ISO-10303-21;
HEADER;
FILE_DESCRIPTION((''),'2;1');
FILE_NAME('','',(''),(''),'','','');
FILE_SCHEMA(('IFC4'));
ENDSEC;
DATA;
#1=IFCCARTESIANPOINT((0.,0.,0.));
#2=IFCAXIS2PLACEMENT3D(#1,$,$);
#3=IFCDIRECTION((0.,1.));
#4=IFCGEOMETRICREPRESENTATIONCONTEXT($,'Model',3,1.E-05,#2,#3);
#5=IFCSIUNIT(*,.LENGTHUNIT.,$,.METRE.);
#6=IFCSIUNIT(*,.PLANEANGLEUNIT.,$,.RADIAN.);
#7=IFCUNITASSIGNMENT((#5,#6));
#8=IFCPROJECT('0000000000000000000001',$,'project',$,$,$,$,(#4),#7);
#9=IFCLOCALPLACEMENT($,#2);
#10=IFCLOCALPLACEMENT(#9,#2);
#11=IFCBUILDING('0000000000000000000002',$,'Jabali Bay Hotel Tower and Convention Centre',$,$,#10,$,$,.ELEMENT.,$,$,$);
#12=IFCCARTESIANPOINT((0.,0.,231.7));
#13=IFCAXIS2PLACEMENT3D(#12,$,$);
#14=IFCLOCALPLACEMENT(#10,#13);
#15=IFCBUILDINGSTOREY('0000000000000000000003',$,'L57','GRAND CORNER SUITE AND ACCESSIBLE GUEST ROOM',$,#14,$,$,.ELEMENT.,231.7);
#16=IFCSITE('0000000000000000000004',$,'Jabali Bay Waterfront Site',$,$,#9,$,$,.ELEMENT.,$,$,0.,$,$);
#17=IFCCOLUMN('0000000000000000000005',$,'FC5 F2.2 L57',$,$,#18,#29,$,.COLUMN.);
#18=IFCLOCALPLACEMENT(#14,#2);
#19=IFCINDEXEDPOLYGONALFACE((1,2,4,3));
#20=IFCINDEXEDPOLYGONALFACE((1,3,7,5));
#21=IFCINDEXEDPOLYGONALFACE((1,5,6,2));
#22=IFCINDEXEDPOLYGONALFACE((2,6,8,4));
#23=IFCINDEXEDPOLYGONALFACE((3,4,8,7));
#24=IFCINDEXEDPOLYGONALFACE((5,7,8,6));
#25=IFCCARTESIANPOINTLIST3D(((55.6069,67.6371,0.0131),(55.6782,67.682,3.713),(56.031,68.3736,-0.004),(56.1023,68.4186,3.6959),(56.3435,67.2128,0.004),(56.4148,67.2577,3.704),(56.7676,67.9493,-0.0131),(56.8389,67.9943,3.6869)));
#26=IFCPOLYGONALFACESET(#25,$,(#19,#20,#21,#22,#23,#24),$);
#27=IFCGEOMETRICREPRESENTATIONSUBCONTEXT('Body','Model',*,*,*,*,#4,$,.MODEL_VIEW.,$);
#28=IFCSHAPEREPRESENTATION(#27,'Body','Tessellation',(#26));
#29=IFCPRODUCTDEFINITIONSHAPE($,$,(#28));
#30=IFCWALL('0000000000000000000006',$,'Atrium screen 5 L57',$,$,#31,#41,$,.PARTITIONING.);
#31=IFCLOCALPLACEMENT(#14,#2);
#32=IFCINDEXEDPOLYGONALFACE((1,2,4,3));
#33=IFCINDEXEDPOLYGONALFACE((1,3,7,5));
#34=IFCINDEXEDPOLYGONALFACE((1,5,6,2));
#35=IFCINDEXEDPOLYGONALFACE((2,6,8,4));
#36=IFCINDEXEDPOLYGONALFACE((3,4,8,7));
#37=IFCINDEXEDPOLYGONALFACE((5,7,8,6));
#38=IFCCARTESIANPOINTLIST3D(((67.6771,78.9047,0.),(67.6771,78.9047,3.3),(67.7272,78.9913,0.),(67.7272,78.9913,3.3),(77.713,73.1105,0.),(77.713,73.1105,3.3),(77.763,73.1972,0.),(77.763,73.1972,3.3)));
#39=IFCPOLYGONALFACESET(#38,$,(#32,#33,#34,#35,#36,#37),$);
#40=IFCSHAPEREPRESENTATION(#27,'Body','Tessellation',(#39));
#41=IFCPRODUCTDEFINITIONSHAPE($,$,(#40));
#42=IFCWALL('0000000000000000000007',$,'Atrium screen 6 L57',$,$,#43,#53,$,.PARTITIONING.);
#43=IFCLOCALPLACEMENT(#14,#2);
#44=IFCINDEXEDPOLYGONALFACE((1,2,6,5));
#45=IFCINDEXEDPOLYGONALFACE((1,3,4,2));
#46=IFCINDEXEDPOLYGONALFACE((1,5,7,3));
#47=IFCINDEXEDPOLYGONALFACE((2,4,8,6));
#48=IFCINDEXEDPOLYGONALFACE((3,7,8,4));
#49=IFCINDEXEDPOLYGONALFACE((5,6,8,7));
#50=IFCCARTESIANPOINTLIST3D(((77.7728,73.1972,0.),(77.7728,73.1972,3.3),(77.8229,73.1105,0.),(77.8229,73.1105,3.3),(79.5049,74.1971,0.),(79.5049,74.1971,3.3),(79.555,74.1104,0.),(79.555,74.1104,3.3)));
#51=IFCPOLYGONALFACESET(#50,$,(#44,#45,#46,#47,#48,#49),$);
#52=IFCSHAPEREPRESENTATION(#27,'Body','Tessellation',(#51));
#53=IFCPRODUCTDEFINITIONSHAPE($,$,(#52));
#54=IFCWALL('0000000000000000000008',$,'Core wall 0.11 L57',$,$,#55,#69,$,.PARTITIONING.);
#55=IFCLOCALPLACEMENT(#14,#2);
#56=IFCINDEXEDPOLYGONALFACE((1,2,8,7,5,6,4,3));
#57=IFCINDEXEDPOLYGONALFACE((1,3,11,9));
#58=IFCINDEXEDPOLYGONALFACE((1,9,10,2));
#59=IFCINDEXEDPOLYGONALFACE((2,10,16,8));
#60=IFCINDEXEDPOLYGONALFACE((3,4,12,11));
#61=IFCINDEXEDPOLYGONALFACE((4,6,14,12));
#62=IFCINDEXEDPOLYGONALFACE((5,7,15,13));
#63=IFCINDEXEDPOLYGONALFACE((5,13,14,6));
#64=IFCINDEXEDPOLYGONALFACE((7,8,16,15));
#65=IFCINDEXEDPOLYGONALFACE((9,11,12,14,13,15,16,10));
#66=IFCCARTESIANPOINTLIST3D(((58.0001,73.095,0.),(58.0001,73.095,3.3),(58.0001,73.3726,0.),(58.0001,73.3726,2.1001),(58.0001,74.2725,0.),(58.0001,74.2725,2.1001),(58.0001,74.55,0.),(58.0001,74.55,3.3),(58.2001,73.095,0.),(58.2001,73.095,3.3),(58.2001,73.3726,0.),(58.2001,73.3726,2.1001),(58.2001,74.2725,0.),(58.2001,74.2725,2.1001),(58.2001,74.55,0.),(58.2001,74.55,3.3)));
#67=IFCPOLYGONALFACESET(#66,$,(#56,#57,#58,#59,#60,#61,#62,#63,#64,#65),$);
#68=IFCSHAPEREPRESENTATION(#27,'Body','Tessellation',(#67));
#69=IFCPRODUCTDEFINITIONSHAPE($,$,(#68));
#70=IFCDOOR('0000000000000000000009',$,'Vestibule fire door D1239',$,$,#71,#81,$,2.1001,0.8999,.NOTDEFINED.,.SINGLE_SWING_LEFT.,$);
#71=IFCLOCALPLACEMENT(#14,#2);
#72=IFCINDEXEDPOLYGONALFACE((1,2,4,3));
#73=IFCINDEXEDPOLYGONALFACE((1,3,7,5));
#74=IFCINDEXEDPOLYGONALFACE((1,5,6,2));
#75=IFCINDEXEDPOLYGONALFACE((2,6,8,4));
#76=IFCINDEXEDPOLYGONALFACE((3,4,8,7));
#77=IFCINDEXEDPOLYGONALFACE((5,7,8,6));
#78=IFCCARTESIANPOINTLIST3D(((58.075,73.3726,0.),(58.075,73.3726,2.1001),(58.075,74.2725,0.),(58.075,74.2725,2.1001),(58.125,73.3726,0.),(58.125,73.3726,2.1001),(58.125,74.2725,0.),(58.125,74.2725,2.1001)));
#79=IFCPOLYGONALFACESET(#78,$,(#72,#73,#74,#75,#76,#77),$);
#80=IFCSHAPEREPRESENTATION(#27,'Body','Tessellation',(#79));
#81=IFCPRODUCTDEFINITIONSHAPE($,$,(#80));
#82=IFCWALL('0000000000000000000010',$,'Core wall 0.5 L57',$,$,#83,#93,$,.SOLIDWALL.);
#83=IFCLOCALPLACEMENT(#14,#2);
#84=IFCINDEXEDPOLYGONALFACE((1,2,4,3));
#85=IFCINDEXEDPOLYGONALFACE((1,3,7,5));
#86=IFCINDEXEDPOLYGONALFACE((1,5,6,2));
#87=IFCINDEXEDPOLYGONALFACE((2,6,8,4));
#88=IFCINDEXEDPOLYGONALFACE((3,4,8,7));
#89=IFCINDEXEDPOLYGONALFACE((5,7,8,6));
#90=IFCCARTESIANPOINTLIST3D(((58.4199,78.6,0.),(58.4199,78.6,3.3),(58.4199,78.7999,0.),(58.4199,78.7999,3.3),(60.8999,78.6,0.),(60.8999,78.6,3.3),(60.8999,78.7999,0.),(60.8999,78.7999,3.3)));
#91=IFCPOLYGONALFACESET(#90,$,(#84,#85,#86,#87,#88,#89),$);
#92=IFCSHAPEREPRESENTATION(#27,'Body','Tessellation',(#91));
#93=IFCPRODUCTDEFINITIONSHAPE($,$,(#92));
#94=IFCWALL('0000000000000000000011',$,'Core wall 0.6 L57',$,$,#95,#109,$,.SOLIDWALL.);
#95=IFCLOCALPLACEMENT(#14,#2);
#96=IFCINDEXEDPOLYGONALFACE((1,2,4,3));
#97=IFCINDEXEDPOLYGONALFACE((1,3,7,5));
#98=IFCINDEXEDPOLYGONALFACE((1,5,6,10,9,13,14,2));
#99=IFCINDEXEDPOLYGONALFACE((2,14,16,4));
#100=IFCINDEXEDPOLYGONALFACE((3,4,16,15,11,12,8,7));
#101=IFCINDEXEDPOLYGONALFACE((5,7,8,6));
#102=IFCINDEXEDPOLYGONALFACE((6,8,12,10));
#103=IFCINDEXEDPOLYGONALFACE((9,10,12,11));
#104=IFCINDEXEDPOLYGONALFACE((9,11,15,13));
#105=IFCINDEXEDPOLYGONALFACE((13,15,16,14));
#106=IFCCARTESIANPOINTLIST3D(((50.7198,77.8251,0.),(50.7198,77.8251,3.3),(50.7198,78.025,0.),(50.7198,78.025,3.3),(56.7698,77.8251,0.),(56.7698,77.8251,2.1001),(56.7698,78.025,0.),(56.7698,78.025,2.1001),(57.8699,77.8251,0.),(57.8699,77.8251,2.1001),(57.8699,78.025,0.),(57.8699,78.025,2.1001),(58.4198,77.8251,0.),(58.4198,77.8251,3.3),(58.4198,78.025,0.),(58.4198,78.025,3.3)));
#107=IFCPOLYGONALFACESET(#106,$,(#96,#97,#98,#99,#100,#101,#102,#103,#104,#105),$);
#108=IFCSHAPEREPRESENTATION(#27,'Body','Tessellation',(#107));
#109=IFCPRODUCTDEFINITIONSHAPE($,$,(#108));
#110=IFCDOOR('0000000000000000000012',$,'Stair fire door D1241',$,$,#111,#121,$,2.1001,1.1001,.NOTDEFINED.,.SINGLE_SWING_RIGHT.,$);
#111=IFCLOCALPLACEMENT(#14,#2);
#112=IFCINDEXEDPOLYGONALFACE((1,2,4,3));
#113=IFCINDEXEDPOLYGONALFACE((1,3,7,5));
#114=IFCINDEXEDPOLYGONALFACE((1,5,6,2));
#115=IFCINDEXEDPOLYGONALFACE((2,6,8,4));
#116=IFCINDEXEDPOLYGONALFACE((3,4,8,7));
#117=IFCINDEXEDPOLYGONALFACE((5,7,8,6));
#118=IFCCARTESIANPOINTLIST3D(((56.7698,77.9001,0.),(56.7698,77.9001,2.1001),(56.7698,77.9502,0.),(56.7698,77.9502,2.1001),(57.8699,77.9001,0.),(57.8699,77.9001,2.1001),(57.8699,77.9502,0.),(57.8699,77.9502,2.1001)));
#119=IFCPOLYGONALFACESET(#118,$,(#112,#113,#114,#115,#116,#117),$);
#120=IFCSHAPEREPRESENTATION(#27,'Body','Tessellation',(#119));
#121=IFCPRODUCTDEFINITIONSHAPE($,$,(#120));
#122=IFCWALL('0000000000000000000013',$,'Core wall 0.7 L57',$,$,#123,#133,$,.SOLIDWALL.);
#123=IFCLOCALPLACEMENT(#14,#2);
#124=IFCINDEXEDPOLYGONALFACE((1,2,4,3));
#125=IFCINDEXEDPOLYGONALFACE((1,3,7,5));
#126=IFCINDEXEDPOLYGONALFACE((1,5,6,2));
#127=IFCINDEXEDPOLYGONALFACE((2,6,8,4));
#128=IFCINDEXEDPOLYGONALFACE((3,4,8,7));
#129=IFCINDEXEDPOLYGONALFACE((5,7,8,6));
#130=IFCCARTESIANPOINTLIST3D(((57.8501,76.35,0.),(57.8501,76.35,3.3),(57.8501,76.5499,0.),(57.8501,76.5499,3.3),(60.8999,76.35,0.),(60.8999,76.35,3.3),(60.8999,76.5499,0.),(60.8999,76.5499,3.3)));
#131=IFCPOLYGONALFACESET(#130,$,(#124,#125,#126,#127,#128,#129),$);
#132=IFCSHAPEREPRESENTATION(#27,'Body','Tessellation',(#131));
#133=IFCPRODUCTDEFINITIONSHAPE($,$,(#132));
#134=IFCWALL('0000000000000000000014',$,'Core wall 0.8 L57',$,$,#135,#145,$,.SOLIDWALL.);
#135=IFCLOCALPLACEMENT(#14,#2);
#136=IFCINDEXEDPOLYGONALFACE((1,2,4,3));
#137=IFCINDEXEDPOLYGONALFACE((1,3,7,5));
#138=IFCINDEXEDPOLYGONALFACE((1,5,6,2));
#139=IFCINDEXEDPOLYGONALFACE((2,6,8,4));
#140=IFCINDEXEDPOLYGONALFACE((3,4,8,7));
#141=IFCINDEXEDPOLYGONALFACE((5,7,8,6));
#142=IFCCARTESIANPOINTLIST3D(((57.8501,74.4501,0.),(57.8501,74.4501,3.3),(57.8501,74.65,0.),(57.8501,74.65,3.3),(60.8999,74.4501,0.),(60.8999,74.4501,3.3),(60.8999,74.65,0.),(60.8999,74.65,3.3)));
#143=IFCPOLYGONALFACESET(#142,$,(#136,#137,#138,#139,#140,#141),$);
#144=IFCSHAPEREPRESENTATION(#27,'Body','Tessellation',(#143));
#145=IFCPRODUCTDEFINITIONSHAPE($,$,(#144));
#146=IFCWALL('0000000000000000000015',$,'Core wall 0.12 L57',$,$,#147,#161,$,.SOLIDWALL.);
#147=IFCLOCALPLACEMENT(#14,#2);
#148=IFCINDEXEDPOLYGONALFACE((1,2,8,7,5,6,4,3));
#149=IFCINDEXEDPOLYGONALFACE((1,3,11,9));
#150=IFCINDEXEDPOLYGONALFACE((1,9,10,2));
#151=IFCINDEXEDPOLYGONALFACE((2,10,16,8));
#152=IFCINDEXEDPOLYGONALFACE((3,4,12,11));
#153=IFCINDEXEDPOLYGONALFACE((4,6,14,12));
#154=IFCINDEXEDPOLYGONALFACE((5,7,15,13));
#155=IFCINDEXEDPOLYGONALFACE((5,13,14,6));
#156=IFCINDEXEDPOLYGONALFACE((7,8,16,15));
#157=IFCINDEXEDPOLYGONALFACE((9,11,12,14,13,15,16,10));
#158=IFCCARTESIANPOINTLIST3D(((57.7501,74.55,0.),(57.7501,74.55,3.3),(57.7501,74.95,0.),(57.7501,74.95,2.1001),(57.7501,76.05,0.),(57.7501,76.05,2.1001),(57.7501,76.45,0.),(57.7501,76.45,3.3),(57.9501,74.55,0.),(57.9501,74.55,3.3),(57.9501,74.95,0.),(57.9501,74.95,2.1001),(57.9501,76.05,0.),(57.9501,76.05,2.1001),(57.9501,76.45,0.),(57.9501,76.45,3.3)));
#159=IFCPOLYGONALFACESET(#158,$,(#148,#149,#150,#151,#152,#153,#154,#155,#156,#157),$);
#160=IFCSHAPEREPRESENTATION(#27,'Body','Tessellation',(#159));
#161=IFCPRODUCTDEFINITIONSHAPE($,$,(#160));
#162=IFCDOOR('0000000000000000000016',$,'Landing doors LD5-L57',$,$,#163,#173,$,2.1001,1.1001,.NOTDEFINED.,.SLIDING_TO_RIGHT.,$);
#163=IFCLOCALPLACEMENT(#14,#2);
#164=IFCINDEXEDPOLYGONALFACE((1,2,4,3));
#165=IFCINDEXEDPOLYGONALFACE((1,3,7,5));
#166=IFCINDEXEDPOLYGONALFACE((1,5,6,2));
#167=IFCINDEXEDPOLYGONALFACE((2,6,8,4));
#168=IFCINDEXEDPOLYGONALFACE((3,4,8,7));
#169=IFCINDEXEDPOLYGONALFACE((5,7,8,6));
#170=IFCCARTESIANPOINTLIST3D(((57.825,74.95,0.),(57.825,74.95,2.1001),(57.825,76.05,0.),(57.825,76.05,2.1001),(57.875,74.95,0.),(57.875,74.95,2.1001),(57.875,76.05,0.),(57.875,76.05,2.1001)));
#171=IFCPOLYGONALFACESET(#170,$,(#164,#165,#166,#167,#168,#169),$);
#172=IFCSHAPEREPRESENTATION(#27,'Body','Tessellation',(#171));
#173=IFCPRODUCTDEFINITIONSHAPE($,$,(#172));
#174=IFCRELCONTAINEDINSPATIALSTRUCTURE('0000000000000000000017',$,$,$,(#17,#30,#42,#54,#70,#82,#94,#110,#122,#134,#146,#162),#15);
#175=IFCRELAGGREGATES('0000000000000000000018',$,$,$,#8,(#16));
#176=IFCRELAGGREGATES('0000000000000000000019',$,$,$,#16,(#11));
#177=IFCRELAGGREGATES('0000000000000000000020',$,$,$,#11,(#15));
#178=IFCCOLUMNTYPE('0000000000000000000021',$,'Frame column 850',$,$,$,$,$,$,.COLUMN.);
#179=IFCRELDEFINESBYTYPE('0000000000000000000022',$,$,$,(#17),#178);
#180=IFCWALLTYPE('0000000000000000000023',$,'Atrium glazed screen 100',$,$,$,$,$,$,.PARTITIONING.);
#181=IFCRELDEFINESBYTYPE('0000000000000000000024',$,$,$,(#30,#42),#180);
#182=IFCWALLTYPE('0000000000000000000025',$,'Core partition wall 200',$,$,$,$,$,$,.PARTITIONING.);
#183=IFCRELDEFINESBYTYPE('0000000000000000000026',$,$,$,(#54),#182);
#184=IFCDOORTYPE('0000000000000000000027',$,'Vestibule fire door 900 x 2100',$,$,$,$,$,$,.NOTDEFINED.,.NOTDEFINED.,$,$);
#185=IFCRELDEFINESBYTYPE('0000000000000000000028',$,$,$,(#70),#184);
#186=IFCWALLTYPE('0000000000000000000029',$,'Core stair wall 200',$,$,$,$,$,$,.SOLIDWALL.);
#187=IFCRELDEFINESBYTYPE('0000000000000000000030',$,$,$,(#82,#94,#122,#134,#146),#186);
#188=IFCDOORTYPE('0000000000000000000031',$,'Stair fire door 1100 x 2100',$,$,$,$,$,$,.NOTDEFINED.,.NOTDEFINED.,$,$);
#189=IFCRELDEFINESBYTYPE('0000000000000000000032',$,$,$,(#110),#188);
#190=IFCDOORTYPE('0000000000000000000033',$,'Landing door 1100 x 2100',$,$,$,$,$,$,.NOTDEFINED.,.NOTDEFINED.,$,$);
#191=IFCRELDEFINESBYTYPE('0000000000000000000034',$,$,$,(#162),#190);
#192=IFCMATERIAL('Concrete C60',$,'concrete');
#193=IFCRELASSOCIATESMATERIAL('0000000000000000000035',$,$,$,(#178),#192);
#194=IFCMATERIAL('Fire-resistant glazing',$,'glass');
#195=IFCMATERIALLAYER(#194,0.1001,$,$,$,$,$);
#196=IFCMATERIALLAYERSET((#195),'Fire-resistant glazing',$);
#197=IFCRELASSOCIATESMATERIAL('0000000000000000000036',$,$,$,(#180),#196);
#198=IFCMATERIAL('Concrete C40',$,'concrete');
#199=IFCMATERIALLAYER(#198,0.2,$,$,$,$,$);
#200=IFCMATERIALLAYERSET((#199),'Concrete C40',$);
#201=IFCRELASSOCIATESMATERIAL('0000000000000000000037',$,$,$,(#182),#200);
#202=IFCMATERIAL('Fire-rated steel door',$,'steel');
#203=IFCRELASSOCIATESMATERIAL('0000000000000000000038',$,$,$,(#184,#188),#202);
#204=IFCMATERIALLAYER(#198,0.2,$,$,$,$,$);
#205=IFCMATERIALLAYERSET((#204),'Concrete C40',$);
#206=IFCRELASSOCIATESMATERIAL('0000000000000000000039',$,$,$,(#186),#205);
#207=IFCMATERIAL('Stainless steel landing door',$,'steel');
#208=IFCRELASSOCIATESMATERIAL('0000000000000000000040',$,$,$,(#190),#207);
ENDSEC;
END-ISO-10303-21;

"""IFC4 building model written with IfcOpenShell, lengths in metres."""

from ifc_helpers import new_model, si_unit, direction, frame, frame_2d, origin, origin_2d, place, context, subcontext, project, spatial, rectangle, extrude, material, layer, layer_set, material_profile, profile_set, type_object, element, fill, save


model = new_model("IFC4")

# Units and contexts
model_context = context("Model", 3, precision=1e-05, world=origin(), true_north=direction((0.0, 1.0)))
body_context = subcontext(model_context, "Body", "Model", "MODEL_VIEW")
ifc_project = project(units=[si_unit("LENGTHUNIT", "METRE"), si_unit("PLANEANGLEUNIT", "RADIAN")], contexts=[model_context])

# Site, building, storey
site_placement = place(None, origin())
site = spatial("IfcSite", under=ifc_project, at=site_placement, Name="Jabali Bay Waterfront Site", CompositionType="ELEMENT", RefElevation=0.0)
building_placement = place(site_placement, origin())
building = spatial("IfcBuilding", under=site, at=building_placement, Name="Jabali Bay Hotel Tower and Convention Centre", CompositionType="ELEMENT")
storey_placement = place(building_placement, frame((0.0, 0.0, 231.7)))
storey = spatial("IfcBuildingStorey", under=building, at=storey_placement, Name="L57", Description="GRAND CORNER SUITE AND ACCESSIBLE GUEST ROOM", CompositionType="ELEMENT", Elevation=231.7)

# Column
ifc_material_1 = material(Name="Concrete C60", Category="concrete")
ifc_material_profile = material_profile(ifc_material_1, rectangle(XDim=0.8501, YDim=0.8501, at=origin_2d()), Name="Frame column 850")
ifc_profile_set = profile_set([ifc_material_profile], Name="Concrete C60")
column_type = type_object("IfcColumnType", Name="Frame column 850", PredefinedType="COLUMN", material=ifc_profile_set)
column_placement = place(storey_placement, frame((56.1873, 67.7932, 0.0), z_axis=(0.019263, 0.012138, 0.999741), x_axis=(-0.86646, 0.499134, 0.010634)))
element("IfcColumn", 1, at=column_placement, inside=storey, type_object=column_type, Name="FC5 F2.2 L57", PredefinedType="COLUMN", context=body_context, shape_type="SweptSolid", body=[
    extrude(rectangle(XDim=0.8501, YDim=0.8501, at=origin_2d()), origin(), (0.0, 0.0, 1.0), 3.7009),
])

# Walls
ifc_material_2 = material(Name="Fire-resistant glazing", Category="glass")
ifc_layer_1 = layer(ifc_material_2, 0.1001)
ifc_layer_set_1 = layer_set([ifc_layer_1], Name="Fire-resistant glazing")
wall_type_1 = type_object("IfcWallType", Name="Atrium glazed screen 100", PredefinedType="PARTITIONING", material=ifc_layer_set_1)
wall_1_placement = place(storey_placement, frame((67.7021, 78.948, 0.0), z_axis=(0.0, 0.0, 1.0), x_axis=(0.866027, -0.499998, 0.0)))
element("IfcWall", 2, at=wall_1_placement, inside=storey, type_object=wall_type_1, Name="Atrium screen 5 L57", PredefinedType="PARTITIONING", context=body_context, shape_type="SweptSolid", body=[
    extrude(rectangle(XDim=11.5884, YDim=0.1001, at=frame_2d((5.7942, 0.0))), origin(), (0.0, 0.0, 1.0), 3.3),
])
wall_2_placement = place(storey_placement, frame((77.7979, 73.1538, 0.0), z_axis=(0.0, 0.0, 1.0), x_axis=(0.866041, 0.499973, 0.0)))
element("IfcWall", 3, at=wall_2_placement, inside=storey, type_object=wall_type_1, Name="Atrium screen 6 L57", PredefinedType="PARTITIONING", context=body_context, shape_type="SweptSolid", body=[
    extrude(rectangle(XDim=2.0, YDim=0.1001, at=frame_2d((1.0, 0.0))), origin(), (0.0, 0.0, 1.0), 3.3),
])

# Wall, opening, door
ifc_material_3 = material(Name="Concrete C40", Category="concrete")
ifc_layer_2 = layer(ifc_material_3, 0.2)
ifc_layer_set_2 = layer_set([ifc_layer_2], Name="Concrete C40")
wall_type_2 = type_object("IfcWallType", Name="Core partition wall 200", PredefinedType="PARTITIONING", material=ifc_layer_set_2)
wall_3_placement = place(storey_placement, frame((58.1001, 74.55, 0.0), z_axis=(0.0, 0.0, 1.0), x_axis=(0.0, -1.0, 0.0)))
wall_3 = element("IfcWall", 4, at=wall_3_placement, inside=storey, type_object=wall_type_2, Name="Core wall 0.11 L57", PredefinedType="PARTITIONING", context=body_context, shape_type="SweptSolid", body=[
    extrude(rectangle(XDim=1.4551, YDim=0.2, at=frame_2d((0.7275, 0.0))), origin(), (0.0, 0.0, 1.0), 3.3),
])
opening_1_placement = place(wall_3_placement, frame((0.2776, 0.0, 0.0)))
opening_1 = element("IfcOpeningElement", 5, at=opening_1_placement, cuts=wall_3, PredefinedType="OPENING", context=body_context, shape_type="SweptSolid", body=[
    extrude(rectangle(XDim=0.8999, YDim=2.1001, at=frame_2d((0.45, 1.05))), frame((0.0, 0.1104, 0.0), z_axis=(0.0, -1.0, 0.0), x_axis=(1.0, 0.0, 0.0)), (0.0, 0.0, 1.0), 0.2209),
])
ifc_material_4 = material(Name="Fire-rated steel door", Category="steel")
door_type_1 = type_object("IfcDoorType", Name="Vestibule fire door 900 x 2100", OperationType="NOTDEFINED", PredefinedType="NOTDEFINED", material=ifc_material_4)
door_1_placement = place(opening_1_placement, origin())
door_1 = element("IfcDoor", 6, at=door_1_placement, inside=storey, type_object=door_type_1, Name="Vestibule fire door D1239", OperationType="SINGLE_SWING_LEFT", OverallHeight=2.1001, OverallWidth=0.8999, PredefinedType="NOTDEFINED", context=body_context, shape_type="SweptSolid", body=[
    extrude(rectangle(XDim=0.8999, YDim=2.1001, at=frame_2d((0.45, 1.05))), frame((0.0, 0.0249, 0.0), z_axis=(0.0, -1.0, 0.0), x_axis=(1.0, 0.0, 0.0)), (0.0, 0.0, 1.0), 0.05),
])
fill(opening_1, door_1)

# Wall
ifc_layer_3 = layer(ifc_material_3, 0.2)
ifc_layer_set_3 = layer_set([ifc_layer_3], Name="Concrete C40")
wall_type_3 = type_object("IfcWallType", Name="Core stair wall 200", PredefinedType="SOLIDWALL", material=ifc_layer_set_3)
wall_4_placement = place(storey_placement, frame((60.8999, 78.7, 0.0), z_axis=(0.0, 0.0, 1.0), x_axis=(-1.0, 0.0, 0.0)))
element("IfcWall", 7, at=wall_4_placement, inside=storey, type_object=wall_type_3, Name="Core wall 0.5 L57", PredefinedType="SOLIDWALL", context=body_context, shape_type="SweptSolid", body=[
    extrude(rectangle(XDim=2.48, YDim=0.2, at=frame_2d((1.24, 0.0))), origin(), (0.0, 0.0, 1.0), 3.3),
])

# Wall, opening, door
wall_5_placement = place(storey_placement, frame((58.4199, 77.925, 0.0), z_axis=(0.0, 0.0, 1.0), x_axis=(-1.0, 0.0, 0.0)))
wall_5 = element("IfcWall", 8, at=wall_5_placement, inside=storey, type_object=wall_type_3, Name="Core wall 0.6 L57", PredefinedType="SOLIDWALL", context=body_context, shape_type="SweptSolid", body=[
    extrude(rectangle(XDim=7.7, YDim=0.2, at=frame_2d((3.8501, 0.0))), origin(), (0.0, 0.0, 1.0), 3.3),
])
opening_2_placement = place(wall_5_placement, frame((0.55, 0.0, 0.0)))
opening_2 = element("IfcOpeningElement", 9, at=opening_2_placement, cuts=wall_5, PredefinedType="OPENING", context=body_context, shape_type="SweptSolid", body=[
    extrude(rectangle(XDim=1.1001, YDim=2.1001, at=frame_2d((0.55, 1.05))), frame((0.0, 0.1104, 0.0), z_axis=(0.0, -1.0, 0.0), x_axis=(1.0, 0.0, 0.0)), (0.0, 0.0, 1.0), 0.2209),
])
door_type_2 = type_object("IfcDoorType", Name="Stair fire door 1100 x 2100", OperationType="NOTDEFINED", PredefinedType="NOTDEFINED", material=ifc_material_4)
door_2_placement = place(opening_2_placement, origin())
door_2 = element("IfcDoor", 10, at=door_2_placement, inside=storey, type_object=door_type_2, Name="Stair fire door D1241", OperationType="SINGLE_SWING_RIGHT", OverallHeight=2.1001, OverallWidth=1.1001, PredefinedType="NOTDEFINED", context=body_context, shape_type="SweptSolid", body=[
    extrude(rectangle(XDim=1.1001, YDim=2.1001, at=frame_2d((0.55, 1.05))), frame((0.0, 0.0249, 0.0), z_axis=(0.0, -1.0, 0.0), x_axis=(1.0, 0.0, 0.0)), (0.0, 0.0, 1.0), 0.05),
])
fill(opening_2, door_2)

# Walls
for number, where, z_axis, x_axis, name in (
    (11, (60.8999, 76.45, 0.0), (0.0, 0.0, 1.0), (-1.0, 0.0, 0.0), "Core wall 0.7 L57"),
    (12, (60.8999, 74.55, 0.0), (0.0, 0.0, 1.0), (-1.0, 0.0, 0.0), "Core wall 0.8 L57"),
):
    element("IfcWall", number, at=place(storey_placement, frame(where, z_axis=z_axis, x_axis=x_axis)), inside=storey, type_object=wall_type_3, Name=name, PredefinedType="SOLIDWALL", context=body_context, shape_type="SweptSolid", body=[
        extrude(rectangle(XDim=3.0498, YDim=0.2, at=frame_2d((1.5249, 0.0))), origin(), (0.0, 0.0, 1.0), 3.3),
    ])

# Wall, opening, door
wall_6_placement = place(storey_placement, frame((57.8501, 76.45, 0.0), z_axis=(0.0, 0.0, 1.0), x_axis=(0.0, -1.0, 0.0)))
wall_6 = element("IfcWall", 13, at=wall_6_placement, inside=storey, type_object=wall_type_3, Name="Core wall 0.12 L57", PredefinedType="SOLIDWALL", context=body_context, shape_type="SweptSolid", body=[
    extrude(rectangle(XDim=1.8999, YDim=0.2, at=frame_2d((0.95, 0.0))), origin(), (0.0, 0.0, 1.0), 3.3),
])
opening_3_placement = place(wall_6_placement, frame((0.3999, 0.0, 0.0)))
opening_3 = element("IfcOpeningElement", 14, at=opening_3_placement, cuts=wall_6, PredefinedType="OPENING", context=body_context, shape_type="SweptSolid", body=[
    extrude(rectangle(XDim=1.1001, YDim=2.1001, at=frame_2d((0.55, 1.05))), frame((0.0, 0.1104, 0.0), z_axis=(0.0, -1.0, 0.0), x_axis=(1.0, 0.0, 0.0)), (0.0, 0.0, 1.0), 0.2209),
])
ifc_material_5 = material(Name="Stainless steel landing door", Category="steel")
door_type_3 = type_object("IfcDoorType", Name="Landing door 1100 x 2100", OperationType="NOTDEFINED", PredefinedType="NOTDEFINED", material=ifc_material_5)
door_3_placement = place(opening_3_placement, origin())
door_3 = element("IfcDoor", 15, at=door_3_placement, inside=storey, type_object=door_type_3, Name="Landing doors LD5-L57", OperationType="SLIDING_TO_RIGHT", OverallHeight=2.1001, OverallWidth=1.1001, PredefinedType="NOTDEFINED", context=body_context, shape_type="SweptSolid", body=[
    extrude(rectangle(XDim=1.1001, YDim=2.1001, at=frame_2d((0.55, 1.05))), frame((0.0, 0.0249, 0.0), z_axis=(0.0, -1.0, 0.0), x_axis=(1.0, 0.0, 0.0)), (0.0, 0.0, 1.0), 0.05),
])
fill(opening_3, door_3)

save(model, "model.ifc")
